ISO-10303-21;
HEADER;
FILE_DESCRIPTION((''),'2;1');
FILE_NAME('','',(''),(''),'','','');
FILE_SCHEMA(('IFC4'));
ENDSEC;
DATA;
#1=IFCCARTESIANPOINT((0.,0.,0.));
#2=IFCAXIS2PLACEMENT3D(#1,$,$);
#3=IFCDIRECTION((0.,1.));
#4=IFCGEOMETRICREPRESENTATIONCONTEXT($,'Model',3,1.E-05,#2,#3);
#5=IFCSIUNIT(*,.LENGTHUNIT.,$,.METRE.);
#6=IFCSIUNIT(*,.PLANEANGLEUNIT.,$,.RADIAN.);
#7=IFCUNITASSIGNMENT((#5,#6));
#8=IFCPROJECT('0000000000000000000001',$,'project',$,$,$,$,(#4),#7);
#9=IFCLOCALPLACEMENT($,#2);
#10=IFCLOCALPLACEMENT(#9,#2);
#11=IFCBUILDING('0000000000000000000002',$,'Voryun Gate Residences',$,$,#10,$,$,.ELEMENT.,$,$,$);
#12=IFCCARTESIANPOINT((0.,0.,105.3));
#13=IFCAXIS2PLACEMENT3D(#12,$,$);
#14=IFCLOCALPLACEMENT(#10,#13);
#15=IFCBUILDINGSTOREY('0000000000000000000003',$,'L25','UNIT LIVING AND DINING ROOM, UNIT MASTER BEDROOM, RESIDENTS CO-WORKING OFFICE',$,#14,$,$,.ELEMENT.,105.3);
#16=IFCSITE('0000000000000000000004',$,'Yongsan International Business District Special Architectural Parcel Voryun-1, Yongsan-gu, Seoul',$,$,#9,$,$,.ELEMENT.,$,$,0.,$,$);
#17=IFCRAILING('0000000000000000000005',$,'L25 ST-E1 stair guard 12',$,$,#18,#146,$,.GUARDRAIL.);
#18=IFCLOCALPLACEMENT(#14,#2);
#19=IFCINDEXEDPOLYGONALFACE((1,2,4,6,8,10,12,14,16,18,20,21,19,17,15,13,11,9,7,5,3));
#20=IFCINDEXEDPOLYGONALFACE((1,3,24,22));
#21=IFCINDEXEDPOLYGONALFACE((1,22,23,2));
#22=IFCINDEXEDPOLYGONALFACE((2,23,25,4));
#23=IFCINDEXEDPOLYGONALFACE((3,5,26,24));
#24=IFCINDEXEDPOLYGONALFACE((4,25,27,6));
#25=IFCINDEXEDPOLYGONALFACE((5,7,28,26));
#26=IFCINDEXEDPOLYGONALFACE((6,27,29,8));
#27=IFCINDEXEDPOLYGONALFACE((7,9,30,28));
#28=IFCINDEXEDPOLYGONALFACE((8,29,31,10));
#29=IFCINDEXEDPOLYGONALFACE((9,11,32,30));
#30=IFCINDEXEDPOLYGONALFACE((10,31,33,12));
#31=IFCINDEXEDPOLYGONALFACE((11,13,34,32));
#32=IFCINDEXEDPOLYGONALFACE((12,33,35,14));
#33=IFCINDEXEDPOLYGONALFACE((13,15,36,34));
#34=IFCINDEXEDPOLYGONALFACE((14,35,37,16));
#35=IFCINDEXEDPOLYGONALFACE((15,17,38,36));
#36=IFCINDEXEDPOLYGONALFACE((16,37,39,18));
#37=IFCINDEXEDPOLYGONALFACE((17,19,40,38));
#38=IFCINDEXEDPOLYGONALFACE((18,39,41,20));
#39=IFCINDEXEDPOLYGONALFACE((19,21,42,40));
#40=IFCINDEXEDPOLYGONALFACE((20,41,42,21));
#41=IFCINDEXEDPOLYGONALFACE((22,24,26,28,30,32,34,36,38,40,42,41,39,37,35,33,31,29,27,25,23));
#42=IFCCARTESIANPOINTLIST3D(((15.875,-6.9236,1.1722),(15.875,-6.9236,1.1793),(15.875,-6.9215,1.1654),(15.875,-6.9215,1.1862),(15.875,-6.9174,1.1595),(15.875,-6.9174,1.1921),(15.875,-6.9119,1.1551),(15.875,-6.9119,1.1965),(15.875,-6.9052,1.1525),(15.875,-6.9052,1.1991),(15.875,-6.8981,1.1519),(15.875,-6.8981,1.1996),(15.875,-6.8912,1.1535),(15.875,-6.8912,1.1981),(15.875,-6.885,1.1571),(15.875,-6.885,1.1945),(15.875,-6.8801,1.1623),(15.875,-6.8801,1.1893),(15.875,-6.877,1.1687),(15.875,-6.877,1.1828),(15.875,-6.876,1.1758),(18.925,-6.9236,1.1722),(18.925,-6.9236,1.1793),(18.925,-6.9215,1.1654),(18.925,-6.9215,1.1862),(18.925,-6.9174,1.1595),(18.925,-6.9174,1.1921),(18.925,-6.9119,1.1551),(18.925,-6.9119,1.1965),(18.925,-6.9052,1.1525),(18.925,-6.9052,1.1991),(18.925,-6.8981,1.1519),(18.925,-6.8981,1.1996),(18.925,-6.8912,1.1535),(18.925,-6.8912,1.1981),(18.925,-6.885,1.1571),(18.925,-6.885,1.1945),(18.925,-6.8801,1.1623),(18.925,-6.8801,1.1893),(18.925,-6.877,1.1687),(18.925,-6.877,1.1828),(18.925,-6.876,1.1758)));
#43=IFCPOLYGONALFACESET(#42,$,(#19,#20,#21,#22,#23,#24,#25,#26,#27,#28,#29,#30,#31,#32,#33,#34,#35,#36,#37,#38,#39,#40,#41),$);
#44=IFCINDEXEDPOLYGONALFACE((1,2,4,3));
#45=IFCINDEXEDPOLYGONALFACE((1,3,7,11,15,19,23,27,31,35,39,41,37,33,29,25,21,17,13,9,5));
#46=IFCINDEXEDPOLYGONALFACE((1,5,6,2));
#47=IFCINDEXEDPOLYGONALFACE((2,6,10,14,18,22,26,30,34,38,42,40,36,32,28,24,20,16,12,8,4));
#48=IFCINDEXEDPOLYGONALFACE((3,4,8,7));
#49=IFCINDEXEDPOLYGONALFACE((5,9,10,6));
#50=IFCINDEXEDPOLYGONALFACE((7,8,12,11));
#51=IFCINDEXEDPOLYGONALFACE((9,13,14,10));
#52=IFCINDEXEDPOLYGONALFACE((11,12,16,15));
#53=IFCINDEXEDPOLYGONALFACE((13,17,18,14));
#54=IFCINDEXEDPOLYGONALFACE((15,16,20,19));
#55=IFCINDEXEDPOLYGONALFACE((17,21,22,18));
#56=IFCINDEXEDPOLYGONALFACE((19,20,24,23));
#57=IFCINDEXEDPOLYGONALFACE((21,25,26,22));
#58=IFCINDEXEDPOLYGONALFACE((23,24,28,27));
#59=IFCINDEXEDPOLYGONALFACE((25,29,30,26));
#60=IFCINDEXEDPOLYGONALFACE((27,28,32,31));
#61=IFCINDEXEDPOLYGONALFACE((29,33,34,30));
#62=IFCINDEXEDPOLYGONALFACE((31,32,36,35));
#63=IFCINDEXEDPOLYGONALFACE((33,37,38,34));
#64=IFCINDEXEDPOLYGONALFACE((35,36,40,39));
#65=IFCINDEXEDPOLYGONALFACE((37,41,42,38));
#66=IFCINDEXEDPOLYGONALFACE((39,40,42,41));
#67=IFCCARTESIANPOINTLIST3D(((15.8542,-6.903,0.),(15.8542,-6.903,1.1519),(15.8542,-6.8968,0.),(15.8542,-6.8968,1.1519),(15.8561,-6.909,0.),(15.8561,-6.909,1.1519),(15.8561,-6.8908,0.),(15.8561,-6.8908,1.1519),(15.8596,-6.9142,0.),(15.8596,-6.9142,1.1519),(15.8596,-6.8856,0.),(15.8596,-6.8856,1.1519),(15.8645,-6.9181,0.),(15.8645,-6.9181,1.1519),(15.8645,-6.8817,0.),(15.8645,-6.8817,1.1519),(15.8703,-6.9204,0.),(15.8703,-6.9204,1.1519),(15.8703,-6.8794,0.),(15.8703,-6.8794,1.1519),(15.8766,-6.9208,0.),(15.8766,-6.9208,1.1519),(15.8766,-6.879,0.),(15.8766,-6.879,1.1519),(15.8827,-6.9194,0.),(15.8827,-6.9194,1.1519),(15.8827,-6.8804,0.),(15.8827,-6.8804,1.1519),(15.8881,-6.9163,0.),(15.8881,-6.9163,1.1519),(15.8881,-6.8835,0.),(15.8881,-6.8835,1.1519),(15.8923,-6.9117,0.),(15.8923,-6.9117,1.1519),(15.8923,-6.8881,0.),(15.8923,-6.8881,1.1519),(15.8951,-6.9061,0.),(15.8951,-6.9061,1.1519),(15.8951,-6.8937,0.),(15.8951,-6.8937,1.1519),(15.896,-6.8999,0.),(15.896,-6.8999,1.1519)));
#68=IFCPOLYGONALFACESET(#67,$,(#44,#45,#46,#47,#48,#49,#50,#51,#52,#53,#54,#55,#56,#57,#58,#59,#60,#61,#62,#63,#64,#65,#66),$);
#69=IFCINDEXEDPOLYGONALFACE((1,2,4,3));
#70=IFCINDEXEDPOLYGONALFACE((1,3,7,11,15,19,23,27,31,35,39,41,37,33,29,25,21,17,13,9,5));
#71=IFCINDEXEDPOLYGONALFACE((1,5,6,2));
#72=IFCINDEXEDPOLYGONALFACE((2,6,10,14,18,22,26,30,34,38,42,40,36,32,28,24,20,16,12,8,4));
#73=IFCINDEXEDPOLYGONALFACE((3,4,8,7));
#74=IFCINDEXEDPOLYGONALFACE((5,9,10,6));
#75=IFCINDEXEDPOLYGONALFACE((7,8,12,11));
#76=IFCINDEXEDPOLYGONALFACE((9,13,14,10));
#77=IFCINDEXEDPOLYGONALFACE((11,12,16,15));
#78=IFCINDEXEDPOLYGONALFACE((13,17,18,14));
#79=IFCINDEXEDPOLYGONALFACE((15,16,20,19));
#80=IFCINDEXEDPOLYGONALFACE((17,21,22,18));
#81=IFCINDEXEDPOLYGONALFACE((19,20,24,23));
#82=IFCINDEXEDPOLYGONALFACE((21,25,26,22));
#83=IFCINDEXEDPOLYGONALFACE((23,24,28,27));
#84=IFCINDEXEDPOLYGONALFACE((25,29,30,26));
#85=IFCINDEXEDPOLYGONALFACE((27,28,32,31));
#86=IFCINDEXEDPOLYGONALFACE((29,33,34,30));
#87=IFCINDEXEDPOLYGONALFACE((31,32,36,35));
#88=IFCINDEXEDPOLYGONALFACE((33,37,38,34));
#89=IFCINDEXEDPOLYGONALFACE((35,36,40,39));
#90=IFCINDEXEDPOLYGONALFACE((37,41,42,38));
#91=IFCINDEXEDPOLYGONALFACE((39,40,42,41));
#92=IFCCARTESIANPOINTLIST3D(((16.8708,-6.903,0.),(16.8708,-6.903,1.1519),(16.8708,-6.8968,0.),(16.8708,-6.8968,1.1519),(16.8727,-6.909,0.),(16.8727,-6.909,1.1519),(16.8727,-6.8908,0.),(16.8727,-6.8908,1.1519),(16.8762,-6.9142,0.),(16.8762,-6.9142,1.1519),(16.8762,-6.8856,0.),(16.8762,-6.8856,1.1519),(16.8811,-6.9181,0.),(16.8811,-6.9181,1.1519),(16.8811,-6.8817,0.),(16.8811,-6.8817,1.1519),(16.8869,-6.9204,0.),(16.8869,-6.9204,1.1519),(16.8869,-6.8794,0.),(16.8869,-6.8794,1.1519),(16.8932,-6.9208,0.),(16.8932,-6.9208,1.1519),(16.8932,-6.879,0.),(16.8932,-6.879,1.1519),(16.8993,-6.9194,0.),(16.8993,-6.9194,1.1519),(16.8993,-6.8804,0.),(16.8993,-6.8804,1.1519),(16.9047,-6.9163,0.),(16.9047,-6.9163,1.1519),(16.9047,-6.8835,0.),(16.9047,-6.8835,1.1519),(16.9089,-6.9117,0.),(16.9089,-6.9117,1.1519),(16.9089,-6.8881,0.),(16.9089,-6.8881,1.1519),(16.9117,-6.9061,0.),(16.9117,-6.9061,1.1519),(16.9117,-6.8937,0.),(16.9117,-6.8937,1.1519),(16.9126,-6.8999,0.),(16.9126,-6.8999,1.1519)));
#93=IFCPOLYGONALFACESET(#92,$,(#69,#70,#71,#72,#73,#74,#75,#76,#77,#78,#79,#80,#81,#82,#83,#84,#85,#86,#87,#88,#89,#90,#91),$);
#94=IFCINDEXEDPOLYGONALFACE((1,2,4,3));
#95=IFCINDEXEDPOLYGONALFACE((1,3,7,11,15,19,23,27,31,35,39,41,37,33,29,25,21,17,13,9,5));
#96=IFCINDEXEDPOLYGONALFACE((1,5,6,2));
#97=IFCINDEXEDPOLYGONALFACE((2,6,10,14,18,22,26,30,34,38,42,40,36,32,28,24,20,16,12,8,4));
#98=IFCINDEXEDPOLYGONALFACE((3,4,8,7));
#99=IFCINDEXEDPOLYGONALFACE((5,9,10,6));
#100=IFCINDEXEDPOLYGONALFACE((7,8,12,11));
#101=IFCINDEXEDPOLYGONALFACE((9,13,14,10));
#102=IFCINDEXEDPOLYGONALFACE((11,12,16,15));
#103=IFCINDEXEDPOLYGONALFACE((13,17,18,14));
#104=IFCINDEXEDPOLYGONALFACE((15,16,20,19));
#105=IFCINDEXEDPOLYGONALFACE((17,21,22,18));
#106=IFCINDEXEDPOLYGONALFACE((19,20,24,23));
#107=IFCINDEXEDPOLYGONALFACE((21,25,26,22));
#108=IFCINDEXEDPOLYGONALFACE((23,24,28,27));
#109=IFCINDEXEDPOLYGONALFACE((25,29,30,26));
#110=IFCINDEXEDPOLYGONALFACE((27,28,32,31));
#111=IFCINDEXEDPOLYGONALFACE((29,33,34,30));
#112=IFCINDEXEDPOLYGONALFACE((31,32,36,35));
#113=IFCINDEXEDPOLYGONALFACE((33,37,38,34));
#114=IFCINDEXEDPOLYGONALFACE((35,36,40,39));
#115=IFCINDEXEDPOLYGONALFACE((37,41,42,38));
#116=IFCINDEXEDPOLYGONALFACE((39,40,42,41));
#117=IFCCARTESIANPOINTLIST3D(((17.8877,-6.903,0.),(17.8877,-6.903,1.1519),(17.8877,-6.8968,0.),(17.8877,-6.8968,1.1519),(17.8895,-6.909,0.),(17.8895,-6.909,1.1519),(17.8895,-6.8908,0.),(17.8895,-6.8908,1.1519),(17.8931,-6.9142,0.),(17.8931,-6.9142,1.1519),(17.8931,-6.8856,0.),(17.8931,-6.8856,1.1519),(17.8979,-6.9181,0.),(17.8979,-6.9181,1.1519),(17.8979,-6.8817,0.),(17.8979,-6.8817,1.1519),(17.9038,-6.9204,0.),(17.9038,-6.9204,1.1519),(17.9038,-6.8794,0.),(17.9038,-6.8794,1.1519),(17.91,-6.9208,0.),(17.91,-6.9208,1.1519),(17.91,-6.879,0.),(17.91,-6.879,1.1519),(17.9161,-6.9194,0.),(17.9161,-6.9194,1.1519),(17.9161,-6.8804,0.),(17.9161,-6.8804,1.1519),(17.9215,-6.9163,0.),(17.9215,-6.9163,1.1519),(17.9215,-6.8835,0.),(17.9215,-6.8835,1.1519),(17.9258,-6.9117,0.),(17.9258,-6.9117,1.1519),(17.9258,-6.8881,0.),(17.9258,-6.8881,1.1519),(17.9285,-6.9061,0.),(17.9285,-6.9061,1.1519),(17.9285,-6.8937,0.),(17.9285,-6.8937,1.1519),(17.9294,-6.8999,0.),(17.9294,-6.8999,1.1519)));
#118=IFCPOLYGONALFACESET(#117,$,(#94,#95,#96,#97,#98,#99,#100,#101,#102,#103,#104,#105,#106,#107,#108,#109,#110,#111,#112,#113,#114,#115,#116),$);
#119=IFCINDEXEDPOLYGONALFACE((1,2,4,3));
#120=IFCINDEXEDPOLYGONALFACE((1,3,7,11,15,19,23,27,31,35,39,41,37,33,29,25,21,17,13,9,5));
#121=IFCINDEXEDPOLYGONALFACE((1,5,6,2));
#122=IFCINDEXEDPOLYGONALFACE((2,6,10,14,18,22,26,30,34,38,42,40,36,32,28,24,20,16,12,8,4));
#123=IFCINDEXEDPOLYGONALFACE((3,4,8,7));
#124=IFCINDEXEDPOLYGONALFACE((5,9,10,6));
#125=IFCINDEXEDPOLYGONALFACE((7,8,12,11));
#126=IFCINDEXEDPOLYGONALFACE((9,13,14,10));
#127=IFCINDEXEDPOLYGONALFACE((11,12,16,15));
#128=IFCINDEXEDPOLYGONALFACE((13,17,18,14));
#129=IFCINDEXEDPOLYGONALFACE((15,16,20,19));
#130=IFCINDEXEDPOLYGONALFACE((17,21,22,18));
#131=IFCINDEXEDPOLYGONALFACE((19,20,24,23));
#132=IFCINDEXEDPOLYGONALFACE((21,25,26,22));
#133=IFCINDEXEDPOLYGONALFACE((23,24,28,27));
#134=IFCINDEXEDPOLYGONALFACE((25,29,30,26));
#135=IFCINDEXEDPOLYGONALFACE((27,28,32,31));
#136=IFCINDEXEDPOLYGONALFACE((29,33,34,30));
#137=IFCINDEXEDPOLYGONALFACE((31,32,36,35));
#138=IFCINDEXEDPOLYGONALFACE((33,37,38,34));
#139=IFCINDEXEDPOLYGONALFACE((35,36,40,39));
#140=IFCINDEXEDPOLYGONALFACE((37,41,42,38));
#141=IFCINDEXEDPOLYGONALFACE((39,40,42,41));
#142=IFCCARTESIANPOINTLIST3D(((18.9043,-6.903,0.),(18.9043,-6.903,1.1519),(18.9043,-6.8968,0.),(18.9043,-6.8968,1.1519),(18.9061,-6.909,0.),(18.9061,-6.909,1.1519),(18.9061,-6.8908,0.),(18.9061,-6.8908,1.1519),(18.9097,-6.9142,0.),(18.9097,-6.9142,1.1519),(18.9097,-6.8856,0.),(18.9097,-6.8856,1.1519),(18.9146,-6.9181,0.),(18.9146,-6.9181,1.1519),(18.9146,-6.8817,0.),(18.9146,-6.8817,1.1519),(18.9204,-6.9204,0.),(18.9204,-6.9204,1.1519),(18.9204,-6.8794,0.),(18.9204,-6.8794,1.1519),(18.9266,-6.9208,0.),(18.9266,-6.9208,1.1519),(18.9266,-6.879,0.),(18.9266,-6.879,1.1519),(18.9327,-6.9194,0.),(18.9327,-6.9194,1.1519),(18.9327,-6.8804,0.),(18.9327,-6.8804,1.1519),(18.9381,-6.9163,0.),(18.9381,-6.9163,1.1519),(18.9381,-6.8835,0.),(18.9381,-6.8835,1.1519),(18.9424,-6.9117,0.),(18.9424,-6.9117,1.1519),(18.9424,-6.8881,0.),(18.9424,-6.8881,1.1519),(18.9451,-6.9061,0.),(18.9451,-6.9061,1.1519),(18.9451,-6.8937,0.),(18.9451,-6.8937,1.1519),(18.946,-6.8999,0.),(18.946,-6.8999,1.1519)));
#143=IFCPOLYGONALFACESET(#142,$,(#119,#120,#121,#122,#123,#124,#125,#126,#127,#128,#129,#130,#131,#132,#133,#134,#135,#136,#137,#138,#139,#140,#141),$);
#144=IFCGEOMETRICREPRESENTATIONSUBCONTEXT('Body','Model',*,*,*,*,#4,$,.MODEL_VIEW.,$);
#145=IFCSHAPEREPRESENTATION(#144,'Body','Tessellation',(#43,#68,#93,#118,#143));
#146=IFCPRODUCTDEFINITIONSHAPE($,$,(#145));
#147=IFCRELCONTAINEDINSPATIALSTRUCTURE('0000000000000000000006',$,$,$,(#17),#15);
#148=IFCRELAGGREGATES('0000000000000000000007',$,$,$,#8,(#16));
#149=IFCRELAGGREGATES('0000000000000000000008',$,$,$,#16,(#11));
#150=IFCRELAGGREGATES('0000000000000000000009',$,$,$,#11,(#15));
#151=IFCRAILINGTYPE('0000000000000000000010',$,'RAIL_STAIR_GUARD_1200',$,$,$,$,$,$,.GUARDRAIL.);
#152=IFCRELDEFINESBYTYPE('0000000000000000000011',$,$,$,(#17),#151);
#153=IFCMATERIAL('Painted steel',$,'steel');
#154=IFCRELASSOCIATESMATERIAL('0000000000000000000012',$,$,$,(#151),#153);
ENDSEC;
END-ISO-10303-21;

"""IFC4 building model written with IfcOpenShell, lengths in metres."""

from ifc_helpers import new_model, si_unit, direction, frame, origin, origin_2d, place, context, subcontext, project, spatial, circle, extrude, material, type_object, element, save


model = new_model("IFC4")

# Units and contexts
model_context = context("Model", 3, precision=1e-05, world=origin(), true_north=direction((0.0, 1.0)))
body_context = subcontext(model_context, "Body", "Model", "MODEL_VIEW")
ifc_project = project(units=[si_unit("LENGTHUNIT", "METRE"), si_unit("PLANEANGLEUNIT", "RADIAN")], contexts=[model_context])

# Site, building, storey
site_placement = place(None, origin())
site = spatial("IfcSite", under=ifc_project, at=site_placement, Name="Yongsan International Business District Special Architectural Parcel Voryun-1, Yongsan-gu, Seoul", CompositionType="ELEMENT", RefElevation=0.0)
building_placement = place(site_placement, origin())
building = spatial("IfcBuilding", under=site, at=building_placement, Name="Voryun Gate Residences", CompositionType="ELEMENT")
storey_placement = place(building_placement, frame((0.0, 0.0, 105.3)))
storey = spatial("IfcBuildingStorey", under=building, at=storey_placement, Name="L25", Description="UNIT LIVING AND DINING ROOM, UNIT MASTER BEDROOM, RESIDENTS CO-WORKING OFFICE", CompositionType="ELEMENT", Elevation=105.3)

# Railing
ifc_material_1 = material(Name="Painted steel", Category="steel")
railing_type_1 = type_object("IfcRailingType", Name="RAIL_STAIR_GUARD_1200", PredefinedType="GUARDRAIL", material=ifc_material_1)
railing_1_placement = place(storey_placement, frame((15.875, -6.8999, 0.0)))
element("IfcRailing", 1, at=railing_1_placement, inside=storey, type_object=railing_type_1, Name="L25 ST-E1 stair guard 12", PredefinedType="GUARDRAIL", context=body_context, shape_type="SweptSolid", body=[
    extrude(circle(Radius=0.0239, at=origin_2d()), frame((0.0, 0.0, 1.1758), z_axis=(1.0, 0.0, 0.0), x_axis=(0.0, 1.0, 0.0)), (0.0, 0.0, 1.0), 3.05),
    extrude(circle(Radius=0.021, at=origin_2d()), origin(), (0.0, 0.0, 1.0), 1.1519),
    extrude(circle(Radius=0.021, at=origin_2d()), frame((1.0166, 0.0, 0.0)), (0.0, 0.0, 1.0), 1.1519),
    extrude(circle(Radius=0.021, at=origin_2d()), frame((2.0334, 0.0, 0.0)), (0.0, 0.0, 1.0), 1.1519),
    extrude(circle(Radius=0.021, at=origin_2d()), frame((3.05, 0.0, 0.0)), (0.0, 0.0, 1.0), 1.1519),
])

save(model, "model.ifc")
